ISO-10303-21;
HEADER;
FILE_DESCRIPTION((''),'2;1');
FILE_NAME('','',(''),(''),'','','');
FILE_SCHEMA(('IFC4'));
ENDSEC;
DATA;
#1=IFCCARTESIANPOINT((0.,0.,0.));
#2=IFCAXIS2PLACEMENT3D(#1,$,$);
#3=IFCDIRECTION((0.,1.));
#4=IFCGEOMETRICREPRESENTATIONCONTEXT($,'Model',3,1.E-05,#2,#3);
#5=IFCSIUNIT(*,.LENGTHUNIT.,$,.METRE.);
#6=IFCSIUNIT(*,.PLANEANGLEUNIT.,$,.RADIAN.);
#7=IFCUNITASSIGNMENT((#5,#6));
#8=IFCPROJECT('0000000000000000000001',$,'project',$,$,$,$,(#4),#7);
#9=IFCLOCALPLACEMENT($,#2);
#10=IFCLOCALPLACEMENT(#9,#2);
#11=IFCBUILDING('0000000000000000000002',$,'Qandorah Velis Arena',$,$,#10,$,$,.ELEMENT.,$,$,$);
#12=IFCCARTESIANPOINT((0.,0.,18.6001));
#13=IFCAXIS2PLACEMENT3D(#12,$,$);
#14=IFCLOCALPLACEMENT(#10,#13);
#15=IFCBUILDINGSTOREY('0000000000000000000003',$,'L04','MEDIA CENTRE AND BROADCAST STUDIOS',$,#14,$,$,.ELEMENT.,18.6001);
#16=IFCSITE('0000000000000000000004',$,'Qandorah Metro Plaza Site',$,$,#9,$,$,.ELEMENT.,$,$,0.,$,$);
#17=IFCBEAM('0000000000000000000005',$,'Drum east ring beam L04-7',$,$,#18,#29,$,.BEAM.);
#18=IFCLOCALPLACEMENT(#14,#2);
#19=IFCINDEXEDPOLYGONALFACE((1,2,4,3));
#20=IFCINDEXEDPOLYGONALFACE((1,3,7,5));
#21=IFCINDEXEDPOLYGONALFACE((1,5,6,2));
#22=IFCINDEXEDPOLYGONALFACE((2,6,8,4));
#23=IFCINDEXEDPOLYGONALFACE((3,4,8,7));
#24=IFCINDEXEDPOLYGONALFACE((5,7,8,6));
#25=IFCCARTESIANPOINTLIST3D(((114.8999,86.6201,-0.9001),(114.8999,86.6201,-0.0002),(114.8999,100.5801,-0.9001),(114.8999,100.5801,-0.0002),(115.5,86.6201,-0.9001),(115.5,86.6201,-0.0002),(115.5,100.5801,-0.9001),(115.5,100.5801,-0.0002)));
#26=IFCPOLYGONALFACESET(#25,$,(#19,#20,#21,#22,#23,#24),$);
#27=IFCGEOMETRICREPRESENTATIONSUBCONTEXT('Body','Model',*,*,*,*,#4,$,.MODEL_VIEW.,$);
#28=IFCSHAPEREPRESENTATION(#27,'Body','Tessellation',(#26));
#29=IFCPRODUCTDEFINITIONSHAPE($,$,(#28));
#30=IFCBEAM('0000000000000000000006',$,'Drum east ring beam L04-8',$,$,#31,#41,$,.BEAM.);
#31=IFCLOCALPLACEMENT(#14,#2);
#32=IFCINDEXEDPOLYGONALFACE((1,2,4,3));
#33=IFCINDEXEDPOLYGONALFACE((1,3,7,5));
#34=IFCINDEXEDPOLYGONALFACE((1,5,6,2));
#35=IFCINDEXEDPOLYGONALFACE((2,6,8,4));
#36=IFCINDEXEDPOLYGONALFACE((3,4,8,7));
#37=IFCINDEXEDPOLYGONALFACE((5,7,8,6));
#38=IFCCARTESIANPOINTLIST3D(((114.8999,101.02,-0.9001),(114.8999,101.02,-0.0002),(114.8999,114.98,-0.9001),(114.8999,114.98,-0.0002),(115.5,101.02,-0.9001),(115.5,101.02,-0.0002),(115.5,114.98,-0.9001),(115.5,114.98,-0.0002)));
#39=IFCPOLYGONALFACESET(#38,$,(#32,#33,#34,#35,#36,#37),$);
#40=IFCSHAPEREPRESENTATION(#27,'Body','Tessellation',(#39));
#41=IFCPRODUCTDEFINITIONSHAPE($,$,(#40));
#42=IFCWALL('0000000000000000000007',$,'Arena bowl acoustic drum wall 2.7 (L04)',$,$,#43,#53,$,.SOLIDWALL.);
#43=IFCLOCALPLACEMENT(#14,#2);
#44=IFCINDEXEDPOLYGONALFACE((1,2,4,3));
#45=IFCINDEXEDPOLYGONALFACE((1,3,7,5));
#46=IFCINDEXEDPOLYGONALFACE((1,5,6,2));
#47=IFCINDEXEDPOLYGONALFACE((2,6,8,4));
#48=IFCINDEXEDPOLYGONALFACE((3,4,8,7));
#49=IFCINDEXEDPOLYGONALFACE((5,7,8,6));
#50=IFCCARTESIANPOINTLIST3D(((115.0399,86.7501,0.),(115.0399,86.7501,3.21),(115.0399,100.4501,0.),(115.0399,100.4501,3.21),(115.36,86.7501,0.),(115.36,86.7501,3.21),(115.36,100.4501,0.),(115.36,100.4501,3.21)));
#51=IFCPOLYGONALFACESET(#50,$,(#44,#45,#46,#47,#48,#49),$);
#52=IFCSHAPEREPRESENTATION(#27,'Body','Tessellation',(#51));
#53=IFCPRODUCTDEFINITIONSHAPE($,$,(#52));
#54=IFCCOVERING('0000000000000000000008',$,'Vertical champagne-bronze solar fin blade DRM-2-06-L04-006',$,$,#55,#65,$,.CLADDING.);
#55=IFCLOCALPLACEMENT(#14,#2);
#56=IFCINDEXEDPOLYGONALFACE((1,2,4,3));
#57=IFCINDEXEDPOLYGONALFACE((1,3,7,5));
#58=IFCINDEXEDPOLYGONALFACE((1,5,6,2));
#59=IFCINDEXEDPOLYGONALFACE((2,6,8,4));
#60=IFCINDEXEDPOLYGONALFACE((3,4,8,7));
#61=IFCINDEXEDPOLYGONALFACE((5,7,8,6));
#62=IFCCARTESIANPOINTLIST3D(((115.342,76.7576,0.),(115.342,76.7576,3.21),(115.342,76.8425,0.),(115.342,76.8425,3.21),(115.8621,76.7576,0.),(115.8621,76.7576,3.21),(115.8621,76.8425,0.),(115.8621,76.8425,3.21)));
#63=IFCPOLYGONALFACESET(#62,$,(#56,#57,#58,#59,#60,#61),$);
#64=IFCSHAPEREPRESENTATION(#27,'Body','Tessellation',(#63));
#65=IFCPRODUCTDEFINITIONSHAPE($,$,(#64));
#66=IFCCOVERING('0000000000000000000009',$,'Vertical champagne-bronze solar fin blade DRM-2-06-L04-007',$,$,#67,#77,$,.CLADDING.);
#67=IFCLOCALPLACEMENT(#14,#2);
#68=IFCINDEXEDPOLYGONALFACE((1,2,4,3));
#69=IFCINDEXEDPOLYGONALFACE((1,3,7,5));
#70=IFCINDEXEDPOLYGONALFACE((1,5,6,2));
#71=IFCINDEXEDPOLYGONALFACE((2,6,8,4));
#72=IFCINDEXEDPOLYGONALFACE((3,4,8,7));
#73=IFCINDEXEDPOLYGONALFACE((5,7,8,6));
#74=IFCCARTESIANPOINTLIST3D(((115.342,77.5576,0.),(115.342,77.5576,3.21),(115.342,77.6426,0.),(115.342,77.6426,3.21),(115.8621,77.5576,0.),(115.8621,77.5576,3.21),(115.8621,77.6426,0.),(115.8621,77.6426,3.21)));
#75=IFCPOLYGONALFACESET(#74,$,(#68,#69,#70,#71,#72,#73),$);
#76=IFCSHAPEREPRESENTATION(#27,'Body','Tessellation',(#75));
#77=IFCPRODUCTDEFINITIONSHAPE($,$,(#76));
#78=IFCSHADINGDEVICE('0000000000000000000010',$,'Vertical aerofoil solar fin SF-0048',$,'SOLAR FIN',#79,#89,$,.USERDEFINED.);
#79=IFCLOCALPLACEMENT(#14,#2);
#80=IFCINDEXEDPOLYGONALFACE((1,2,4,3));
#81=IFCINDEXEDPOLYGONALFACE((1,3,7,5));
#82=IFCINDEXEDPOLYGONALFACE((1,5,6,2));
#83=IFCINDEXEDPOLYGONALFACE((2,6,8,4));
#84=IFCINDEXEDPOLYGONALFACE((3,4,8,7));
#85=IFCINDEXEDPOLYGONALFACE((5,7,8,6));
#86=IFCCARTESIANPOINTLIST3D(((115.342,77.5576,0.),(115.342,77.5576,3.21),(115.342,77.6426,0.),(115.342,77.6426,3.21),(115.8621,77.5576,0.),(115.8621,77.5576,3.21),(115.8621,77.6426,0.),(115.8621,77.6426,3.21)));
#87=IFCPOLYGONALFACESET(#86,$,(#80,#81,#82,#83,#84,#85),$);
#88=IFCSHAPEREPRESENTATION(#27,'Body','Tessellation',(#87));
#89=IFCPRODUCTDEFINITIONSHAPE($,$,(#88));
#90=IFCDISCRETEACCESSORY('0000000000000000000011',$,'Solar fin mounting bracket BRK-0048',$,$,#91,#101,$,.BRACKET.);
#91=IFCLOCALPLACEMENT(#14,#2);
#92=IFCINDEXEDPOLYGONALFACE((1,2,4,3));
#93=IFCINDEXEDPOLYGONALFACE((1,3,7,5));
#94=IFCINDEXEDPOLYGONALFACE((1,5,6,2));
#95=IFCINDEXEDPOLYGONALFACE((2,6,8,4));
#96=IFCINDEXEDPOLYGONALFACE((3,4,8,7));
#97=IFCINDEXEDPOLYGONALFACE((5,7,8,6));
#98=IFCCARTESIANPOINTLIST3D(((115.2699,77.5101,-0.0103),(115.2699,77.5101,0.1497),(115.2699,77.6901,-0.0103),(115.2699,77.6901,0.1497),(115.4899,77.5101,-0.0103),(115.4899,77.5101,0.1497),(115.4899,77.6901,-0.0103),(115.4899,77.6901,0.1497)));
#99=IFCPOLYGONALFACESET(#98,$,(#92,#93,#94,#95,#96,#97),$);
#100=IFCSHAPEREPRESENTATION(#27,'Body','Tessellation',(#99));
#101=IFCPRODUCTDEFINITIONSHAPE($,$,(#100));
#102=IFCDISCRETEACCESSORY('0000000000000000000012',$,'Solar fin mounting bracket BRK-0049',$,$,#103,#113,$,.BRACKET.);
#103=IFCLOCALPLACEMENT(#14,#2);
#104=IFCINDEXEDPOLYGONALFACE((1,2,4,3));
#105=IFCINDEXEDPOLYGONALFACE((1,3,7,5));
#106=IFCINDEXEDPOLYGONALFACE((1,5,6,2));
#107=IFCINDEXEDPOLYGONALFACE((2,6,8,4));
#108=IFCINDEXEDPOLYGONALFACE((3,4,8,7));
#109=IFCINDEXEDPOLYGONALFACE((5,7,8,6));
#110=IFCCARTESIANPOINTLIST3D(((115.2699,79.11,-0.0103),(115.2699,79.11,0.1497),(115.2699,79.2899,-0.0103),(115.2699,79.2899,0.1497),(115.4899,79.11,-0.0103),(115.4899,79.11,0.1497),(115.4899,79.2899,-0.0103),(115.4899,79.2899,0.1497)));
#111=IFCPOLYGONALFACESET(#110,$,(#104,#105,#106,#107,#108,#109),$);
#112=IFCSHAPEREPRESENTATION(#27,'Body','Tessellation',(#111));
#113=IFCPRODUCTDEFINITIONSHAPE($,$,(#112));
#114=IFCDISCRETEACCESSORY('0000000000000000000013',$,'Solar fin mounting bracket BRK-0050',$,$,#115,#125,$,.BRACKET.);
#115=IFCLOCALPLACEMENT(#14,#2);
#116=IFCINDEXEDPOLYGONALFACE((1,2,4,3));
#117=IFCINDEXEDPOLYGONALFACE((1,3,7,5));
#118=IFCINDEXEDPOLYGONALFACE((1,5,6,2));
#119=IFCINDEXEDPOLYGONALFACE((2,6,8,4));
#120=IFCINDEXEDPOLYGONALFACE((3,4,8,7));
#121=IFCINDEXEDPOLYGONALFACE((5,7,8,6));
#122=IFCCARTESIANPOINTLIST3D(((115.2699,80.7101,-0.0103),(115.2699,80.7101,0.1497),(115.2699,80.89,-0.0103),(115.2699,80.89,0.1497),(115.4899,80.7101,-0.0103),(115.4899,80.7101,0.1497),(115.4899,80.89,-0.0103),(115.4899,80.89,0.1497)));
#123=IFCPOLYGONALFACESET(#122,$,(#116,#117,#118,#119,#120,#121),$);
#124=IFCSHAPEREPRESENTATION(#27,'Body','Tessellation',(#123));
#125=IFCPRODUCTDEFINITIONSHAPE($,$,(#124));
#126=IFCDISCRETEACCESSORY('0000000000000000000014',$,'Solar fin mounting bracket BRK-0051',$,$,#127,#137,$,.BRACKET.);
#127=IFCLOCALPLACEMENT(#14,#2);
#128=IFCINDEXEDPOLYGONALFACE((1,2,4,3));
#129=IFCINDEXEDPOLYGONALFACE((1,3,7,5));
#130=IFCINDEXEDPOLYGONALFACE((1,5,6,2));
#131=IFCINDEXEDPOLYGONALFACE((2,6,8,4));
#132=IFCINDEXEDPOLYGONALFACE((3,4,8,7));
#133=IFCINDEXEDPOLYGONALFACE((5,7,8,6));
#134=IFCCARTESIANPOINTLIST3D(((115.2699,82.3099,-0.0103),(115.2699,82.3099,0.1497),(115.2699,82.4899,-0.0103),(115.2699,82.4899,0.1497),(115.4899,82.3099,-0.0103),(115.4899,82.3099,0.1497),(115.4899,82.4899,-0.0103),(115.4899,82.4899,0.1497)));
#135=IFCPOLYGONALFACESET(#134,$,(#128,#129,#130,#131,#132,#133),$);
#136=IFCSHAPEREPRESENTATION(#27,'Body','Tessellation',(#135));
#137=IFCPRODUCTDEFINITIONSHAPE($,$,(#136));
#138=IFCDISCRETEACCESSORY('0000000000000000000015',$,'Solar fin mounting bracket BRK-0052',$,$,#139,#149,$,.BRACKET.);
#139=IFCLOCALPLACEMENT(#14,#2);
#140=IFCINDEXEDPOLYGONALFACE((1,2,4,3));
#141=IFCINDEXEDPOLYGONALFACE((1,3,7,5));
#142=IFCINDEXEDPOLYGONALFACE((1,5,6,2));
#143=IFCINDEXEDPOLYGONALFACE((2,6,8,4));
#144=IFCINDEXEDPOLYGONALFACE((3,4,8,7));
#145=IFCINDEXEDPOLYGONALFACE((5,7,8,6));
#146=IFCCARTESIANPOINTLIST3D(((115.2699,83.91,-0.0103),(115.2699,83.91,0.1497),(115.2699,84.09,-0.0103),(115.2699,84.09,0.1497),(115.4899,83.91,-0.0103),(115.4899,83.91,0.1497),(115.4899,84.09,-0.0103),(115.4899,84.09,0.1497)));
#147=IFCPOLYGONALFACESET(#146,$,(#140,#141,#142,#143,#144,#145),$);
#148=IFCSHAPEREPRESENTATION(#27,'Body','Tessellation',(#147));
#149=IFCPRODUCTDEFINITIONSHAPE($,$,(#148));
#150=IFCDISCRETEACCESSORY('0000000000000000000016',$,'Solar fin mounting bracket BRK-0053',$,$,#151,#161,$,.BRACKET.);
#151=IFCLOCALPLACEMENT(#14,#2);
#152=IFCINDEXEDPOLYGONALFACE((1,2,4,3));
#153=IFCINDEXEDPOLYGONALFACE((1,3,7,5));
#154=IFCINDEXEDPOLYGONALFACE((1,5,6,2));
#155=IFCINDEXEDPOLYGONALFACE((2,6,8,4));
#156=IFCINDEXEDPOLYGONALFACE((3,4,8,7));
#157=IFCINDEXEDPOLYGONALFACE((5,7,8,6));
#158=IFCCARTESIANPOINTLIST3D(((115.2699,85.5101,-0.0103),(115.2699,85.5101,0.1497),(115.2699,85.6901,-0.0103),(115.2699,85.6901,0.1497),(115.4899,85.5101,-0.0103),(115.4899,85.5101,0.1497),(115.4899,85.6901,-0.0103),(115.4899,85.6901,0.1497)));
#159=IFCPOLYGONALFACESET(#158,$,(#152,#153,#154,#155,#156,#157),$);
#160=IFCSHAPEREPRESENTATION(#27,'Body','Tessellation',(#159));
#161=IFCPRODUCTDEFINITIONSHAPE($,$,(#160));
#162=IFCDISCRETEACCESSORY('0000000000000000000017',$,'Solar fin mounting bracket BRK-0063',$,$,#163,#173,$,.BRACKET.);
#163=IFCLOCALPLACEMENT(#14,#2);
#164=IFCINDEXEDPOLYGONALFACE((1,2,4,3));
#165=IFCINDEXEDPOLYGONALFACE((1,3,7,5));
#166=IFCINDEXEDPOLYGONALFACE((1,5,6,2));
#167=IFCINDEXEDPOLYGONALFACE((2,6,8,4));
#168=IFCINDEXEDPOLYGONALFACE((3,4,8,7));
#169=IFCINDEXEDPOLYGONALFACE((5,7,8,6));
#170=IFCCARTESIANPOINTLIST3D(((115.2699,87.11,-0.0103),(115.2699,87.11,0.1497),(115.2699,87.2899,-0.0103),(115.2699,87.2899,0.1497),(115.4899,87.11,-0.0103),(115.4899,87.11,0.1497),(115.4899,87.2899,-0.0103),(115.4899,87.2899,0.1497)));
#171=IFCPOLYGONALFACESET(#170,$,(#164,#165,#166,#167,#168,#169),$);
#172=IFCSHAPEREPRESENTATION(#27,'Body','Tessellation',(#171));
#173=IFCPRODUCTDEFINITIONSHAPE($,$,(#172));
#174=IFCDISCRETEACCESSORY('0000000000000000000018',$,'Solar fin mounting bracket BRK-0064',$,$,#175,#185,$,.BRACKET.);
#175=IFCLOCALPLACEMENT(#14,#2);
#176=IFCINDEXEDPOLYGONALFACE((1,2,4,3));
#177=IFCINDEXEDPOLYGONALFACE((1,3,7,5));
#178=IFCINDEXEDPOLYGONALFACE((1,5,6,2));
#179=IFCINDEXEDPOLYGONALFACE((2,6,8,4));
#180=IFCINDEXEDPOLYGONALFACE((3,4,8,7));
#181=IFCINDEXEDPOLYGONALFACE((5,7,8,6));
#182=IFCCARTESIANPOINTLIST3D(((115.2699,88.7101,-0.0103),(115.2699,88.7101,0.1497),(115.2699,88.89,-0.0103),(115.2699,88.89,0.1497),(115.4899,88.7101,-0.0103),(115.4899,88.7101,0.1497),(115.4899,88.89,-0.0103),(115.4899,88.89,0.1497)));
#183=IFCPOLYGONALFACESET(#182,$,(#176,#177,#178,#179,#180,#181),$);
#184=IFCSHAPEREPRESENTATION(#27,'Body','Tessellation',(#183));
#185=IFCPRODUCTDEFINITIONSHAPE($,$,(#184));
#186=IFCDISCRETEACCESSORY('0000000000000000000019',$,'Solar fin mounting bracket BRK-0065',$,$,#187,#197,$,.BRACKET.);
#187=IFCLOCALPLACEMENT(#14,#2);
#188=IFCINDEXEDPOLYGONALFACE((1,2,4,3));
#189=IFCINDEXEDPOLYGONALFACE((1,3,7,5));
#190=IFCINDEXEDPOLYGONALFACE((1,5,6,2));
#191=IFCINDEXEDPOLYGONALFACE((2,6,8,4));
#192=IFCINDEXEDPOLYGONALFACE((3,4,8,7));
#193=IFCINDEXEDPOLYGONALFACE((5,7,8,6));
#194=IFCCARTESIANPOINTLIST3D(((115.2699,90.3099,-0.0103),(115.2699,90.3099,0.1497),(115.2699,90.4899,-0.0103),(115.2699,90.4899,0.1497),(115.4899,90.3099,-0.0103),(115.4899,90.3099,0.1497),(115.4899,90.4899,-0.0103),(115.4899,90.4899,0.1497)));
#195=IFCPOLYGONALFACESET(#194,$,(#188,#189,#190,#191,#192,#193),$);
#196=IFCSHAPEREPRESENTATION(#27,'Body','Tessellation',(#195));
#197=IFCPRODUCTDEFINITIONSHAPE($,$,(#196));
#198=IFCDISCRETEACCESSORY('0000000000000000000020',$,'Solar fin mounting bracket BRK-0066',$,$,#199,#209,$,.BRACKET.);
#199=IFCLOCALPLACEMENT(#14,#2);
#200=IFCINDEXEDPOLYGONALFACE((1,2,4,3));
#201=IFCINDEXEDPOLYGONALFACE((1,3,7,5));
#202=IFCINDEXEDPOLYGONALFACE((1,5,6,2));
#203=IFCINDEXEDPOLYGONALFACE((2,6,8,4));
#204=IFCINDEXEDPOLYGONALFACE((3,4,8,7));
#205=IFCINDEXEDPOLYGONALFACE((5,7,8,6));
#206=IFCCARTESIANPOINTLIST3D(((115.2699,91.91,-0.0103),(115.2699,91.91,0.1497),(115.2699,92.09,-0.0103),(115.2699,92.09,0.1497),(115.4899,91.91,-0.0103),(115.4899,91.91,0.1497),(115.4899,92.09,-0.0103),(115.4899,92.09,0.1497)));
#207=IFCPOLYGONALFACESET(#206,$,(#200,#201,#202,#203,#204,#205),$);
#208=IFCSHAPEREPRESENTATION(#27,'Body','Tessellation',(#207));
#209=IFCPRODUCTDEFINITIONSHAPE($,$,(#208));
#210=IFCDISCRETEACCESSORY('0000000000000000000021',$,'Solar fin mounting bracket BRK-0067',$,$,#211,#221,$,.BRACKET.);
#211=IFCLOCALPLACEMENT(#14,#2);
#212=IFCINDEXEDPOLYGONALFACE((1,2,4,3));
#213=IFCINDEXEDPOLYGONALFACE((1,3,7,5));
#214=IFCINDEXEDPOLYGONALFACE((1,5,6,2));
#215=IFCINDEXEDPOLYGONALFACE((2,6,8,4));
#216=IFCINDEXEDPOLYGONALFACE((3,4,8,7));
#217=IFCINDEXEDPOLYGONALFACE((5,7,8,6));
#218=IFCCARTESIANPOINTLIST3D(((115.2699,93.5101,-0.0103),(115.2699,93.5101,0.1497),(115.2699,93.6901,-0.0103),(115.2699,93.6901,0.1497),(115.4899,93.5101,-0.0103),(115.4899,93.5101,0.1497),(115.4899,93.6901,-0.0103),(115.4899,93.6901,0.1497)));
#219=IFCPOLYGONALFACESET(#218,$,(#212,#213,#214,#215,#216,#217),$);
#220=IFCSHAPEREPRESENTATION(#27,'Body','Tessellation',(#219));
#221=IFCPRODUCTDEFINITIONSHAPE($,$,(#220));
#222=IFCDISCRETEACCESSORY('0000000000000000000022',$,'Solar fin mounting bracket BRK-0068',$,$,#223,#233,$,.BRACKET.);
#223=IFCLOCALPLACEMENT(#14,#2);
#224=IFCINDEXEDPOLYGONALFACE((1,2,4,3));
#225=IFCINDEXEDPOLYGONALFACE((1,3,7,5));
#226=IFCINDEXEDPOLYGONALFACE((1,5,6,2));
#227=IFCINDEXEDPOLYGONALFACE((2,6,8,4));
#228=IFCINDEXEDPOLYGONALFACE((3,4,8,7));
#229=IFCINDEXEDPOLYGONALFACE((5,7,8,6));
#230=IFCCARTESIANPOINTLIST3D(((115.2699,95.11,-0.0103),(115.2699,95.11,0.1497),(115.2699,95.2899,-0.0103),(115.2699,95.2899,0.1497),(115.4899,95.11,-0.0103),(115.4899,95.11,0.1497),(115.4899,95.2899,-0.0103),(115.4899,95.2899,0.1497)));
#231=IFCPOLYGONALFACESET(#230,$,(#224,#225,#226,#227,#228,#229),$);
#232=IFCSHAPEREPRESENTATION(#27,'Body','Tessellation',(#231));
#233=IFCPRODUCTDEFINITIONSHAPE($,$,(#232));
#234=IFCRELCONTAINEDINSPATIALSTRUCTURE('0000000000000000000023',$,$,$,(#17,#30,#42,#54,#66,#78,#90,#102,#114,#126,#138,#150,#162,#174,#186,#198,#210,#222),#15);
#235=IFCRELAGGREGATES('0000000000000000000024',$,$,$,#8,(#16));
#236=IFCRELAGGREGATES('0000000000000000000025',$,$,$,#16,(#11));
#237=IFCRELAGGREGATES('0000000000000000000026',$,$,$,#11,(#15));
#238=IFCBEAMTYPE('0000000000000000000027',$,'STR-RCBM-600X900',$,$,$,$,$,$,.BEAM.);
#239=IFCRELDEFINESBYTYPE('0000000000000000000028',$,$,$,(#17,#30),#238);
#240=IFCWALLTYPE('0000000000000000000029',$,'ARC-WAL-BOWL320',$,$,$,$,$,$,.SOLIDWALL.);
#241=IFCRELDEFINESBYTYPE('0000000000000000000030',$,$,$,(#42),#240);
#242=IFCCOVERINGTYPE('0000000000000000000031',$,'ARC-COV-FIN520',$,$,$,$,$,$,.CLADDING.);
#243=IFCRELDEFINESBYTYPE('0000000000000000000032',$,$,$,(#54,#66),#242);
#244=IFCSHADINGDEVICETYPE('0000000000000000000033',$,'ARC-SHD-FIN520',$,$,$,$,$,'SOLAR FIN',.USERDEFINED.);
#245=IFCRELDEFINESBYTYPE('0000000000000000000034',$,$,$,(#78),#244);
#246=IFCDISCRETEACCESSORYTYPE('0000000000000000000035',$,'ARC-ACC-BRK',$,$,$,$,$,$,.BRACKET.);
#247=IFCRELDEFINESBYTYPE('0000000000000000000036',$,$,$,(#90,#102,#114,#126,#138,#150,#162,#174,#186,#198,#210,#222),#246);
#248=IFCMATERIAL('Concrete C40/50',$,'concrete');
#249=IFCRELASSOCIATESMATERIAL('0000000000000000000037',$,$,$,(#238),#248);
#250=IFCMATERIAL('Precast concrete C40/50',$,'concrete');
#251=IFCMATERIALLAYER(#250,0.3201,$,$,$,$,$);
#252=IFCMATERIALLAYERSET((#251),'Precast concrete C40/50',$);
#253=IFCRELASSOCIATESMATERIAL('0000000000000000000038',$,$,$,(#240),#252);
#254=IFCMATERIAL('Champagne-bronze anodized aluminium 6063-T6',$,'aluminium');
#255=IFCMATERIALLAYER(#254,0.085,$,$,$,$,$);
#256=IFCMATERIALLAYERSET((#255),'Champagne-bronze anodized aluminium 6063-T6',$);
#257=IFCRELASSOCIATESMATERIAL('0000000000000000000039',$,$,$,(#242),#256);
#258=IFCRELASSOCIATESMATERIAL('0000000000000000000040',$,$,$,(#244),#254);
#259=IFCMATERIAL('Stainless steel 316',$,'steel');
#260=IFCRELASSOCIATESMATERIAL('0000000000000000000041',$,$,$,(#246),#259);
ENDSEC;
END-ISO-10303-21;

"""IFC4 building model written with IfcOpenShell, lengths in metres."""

from ifc_helpers import new_model, si_unit, direction, frame, frame_2d, origin, origin_2d, place, context, subcontext, project, spatial, rectangle, extrude, material, layer, layer_set, material_profile, profile_set, type_object, element, save


model = new_model("IFC4")

# Units and contexts
model_context = context("Model", 3, precision=1e-05, world=origin(), true_north=direction((0.0, 1.0)))
body_context = subcontext(model_context, "Body", "Model", "MODEL_VIEW")
ifc_project = project(units=[si_unit("LENGTHUNIT", "METRE"), si_unit("PLANEANGLEUNIT", "RADIAN")], contexts=[model_context])

# Site, building, storey
site_placement = place(None, origin())
site = spatial("IfcSite", under=ifc_project, at=site_placement, Name="Qandorah Metro Plaza Site", CompositionType="ELEMENT", RefElevation=0.0)
building_placement = place(site_placement, origin())
building = spatial("IfcBuilding", under=site, at=building_placement, Name="Qandorah Velis Arena", CompositionType="ELEMENT")
storey_placement = place(building_placement, frame((0.0, 0.0, 18.6001)))
storey = spatial("IfcBuildingStorey", under=building, at=storey_placement, Name="L04", Description="MEDIA CENTRE AND BROADCAST STUDIOS", CompositionType="ELEMENT", Elevation=18.6001)

# Shared definitions
ifc_material_1 = material(Name="Concrete C40/50", Category="concrete")

# Beams
ifc_material_profile_1 = material_profile(ifc_material_1, rectangle(XDim=0.6001, YDim=0.8999, at=origin_2d()), Name="RC BM 600x900")
ifc_profile_set_1 = profile_set([ifc_material_profile_1], Name="Concrete C40/50")
beam_type_1 = type_object("IfcBeamType", Name="STR-RCBM-600X900", PredefinedType="BEAM", material=ifc_profile_set_1)
for number, where, z_axis, x_axis, name in (
    (1, (115.2, 86.6201, -0.4502), (0.0, 1.0, 0.0), (-1.0, 0.0, 0.0), "Drum east ring beam L04-7"),
    (2, (115.2, 101.02, -0.4502), (0.0, 1.0, 0.0), (-1.0, 0.0, 0.0), "Drum east ring beam L04-8"),
):
    element("IfcBeam", number, at=place(storey_placement, frame(where, z_axis=z_axis, x_axis=x_axis)), inside=storey, type_object=beam_type_1, Name=name, PredefinedType="BEAM", context=body_context, shape_type="SweptSolid", body=[
        extrude(rectangle(XDim=0.6001, YDim=0.8999, at=origin_2d()), origin(), (0.0, 0.0, 1.0), 13.96),
    ])

# Wall
ifc_material_2 = material(Name="Precast concrete C40/50", Category="concrete")
ifc_layer_1 = layer(ifc_material_2, 0.3201)
ifc_layer_set_1 = layer_set([ifc_layer_1], Name="Precast concrete C40/50")
wall_type = type_object("IfcWallType", Name="ARC-WAL-BOWL320", PredefinedType="SOLIDWALL", material=ifc_layer_set_1)
wall_placement = place(storey_placement, frame((115.2, 86.75, 0.0), z_axis=(0.0, 0.0, 1.0), x_axis=(0.0, 1.0, 0.0)))
element("IfcWall", 3, at=wall_placement, inside=storey, type_object=wall_type, Name="Arena bowl acoustic drum wall 2.7 (L04)", PredefinedType="SOLIDWALL", context=body_context, shape_type="SweptSolid", body=[
    extrude(rectangle(XDim=13.7, YDim=0.3201, at=frame_2d((6.8501, 0.0))), origin(), (0.0, 0.0, 1.0), 3.21),
])

# Coverings
ifc_material_3 = material(Name="Champagne-bronze anodized aluminium 6063-T6", Category="aluminium")
ifc_layer_2 = layer(ifc_material_3, 0.085)
ifc_layer_set_2 = layer_set([ifc_layer_2], Name="Champagne-bronze anodized aluminium 6063-T6")
covering_type = type_object("IfcCoveringType", Name="ARC-COV-FIN520", PredefinedType="CLADDING", material=ifc_layer_set_2)
for number, where, z_axis, x_axis, name in (
    (4, (115.6021, 76.8, 0.0), (0.0, 0.0, 1.0), (1.0, 0.0, 0.0), "Vertical champagne-bronze solar fin blade DRM-2-06-L04-006"),
    (5, (115.6021, 77.6001, 0.0), (0.0, 0.0, 1.0), (1.0, 0.0, 0.0), "Vertical champagne-bronze solar fin blade DRM-2-06-L04-007"),
):
    element("IfcCovering", number, at=place(storey_placement, frame(where, z_axis=z_axis, x_axis=x_axis)), inside=storey, type_object=covering_type, Name=name, PredefinedType="CLADDING", context=body_context, shape_type="SweptSolid", body=[
        extrude(rectangle(XDim=0.52, YDim=0.085, at=origin_2d()), origin(), (0.0, 0.0, 1.0), 3.21),
    ])

# Shading device
shading_device_type = type_object("IfcShadingDeviceType", Name="ARC-SHD-FIN520", ElementType="SOLAR FIN", PredefinedType="USERDEFINED", material=ifc_material_3)
shading_device_placement = place(storey_placement, frame((115.6021, 77.6001, 0.0), z_axis=(0.0, 0.0, 1.0), x_axis=(1.0, 0.0, 0.0)))
element("IfcShadingDevice", 6, at=shading_device_placement, inside=storey, type_object=shading_device_type, Name="Vertical aerofoil solar fin SF-0048", ObjectType="SOLAR FIN", PredefinedType="USERDEFINED", context=body_context, shape_type="SweptSolid", body=[
    extrude(rectangle(XDim=0.52, YDim=0.085, at=origin_2d()), origin(), (0.0, 0.0, 1.0), 3.21),
])

# Discrete accessories
ifc_material_4 = material(Name="Stainless steel 316", Category="steel")
discrete_accessory_type = type_object("IfcDiscreteAccessoryType", Name="ARC-ACC-BRK", PredefinedType="BRACKET", material=ifc_material_4)
for number, where, z_axis, x_axis, name in (
    (7, (115.3799, 77.6001, -0.0103), (0.0, 0.0, 1.0), (1.0, 0.0, 0.0), "Solar fin mounting bracket BRK-0048"),
    (8, (115.3799, 79.2, -0.0103), (0.0, 0.0, 1.0), (1.0, 0.0, 0.0), "Solar fin mounting bracket BRK-0049"),
    (9, (115.3799, 80.8, -0.0103), (0.0, 0.0, 1.0), (1.0, 0.0, 0.0), "Solar fin mounting bracket BRK-0050"),
    (10, (115.3799, 82.3999, -0.0103), (0.0, 0.0, 1.0), (1.0, 0.0, 0.0), "Solar fin mounting bracket BRK-0051"),
    (11, (115.3799, 84.0, -0.0103), (0.0, 0.0, 1.0), (1.0, 0.0, 0.0), "Solar fin mounting bracket BRK-0052"),
    (12, (115.3799, 85.6001, -0.0103), (0.0, 0.0, 1.0), (1.0, 0.0, 0.0), "Solar fin mounting bracket BRK-0053"),
    (13, (115.3799, 87.2, -0.0103), (0.0, 0.0, 1.0), (1.0, 0.0, 0.0), "Solar fin mounting bracket BRK-0063"),
    (14, (115.3799, 88.8, -0.0103), (0.0, 0.0, 1.0), (1.0, 0.0, 0.0), "Solar fin mounting bracket BRK-0064"),
    (15, (115.3799, 90.3999, -0.0103), (0.0, 0.0, 1.0), (1.0, 0.0, 0.0), "Solar fin mounting bracket BRK-0065"),
    (16, (115.3799, 92.0, -0.0103), (0.0, 0.0, 1.0), (1.0, 0.0, 0.0), "Solar fin mounting bracket BRK-0066"),
    (17, (115.3799, 93.6001, -0.0103), (0.0, 0.0, 1.0), (1.0, 0.0, 0.0), "Solar fin mounting bracket BRK-0067"),
    (18, (115.3799, 95.2, -0.0103), (0.0, 0.0, 1.0), (1.0, 0.0, 0.0), "Solar fin mounting bracket BRK-0068"),
):
    element("IfcDiscreteAccessory", number, at=place(storey_placement, frame(where, z_axis=z_axis, x_axis=x_axis)), inside=storey, type_object=discrete_accessory_type, Name=name, PredefinedType="BRACKET", context=body_context, shape_type="SweptSolid", body=[
        extrude(rectangle(XDim=0.22, YDim=0.1799, at=origin_2d()), origin(), (0.0, 0.0, 1.0), 0.1599),
    ])

save(model, "model.ifc")
